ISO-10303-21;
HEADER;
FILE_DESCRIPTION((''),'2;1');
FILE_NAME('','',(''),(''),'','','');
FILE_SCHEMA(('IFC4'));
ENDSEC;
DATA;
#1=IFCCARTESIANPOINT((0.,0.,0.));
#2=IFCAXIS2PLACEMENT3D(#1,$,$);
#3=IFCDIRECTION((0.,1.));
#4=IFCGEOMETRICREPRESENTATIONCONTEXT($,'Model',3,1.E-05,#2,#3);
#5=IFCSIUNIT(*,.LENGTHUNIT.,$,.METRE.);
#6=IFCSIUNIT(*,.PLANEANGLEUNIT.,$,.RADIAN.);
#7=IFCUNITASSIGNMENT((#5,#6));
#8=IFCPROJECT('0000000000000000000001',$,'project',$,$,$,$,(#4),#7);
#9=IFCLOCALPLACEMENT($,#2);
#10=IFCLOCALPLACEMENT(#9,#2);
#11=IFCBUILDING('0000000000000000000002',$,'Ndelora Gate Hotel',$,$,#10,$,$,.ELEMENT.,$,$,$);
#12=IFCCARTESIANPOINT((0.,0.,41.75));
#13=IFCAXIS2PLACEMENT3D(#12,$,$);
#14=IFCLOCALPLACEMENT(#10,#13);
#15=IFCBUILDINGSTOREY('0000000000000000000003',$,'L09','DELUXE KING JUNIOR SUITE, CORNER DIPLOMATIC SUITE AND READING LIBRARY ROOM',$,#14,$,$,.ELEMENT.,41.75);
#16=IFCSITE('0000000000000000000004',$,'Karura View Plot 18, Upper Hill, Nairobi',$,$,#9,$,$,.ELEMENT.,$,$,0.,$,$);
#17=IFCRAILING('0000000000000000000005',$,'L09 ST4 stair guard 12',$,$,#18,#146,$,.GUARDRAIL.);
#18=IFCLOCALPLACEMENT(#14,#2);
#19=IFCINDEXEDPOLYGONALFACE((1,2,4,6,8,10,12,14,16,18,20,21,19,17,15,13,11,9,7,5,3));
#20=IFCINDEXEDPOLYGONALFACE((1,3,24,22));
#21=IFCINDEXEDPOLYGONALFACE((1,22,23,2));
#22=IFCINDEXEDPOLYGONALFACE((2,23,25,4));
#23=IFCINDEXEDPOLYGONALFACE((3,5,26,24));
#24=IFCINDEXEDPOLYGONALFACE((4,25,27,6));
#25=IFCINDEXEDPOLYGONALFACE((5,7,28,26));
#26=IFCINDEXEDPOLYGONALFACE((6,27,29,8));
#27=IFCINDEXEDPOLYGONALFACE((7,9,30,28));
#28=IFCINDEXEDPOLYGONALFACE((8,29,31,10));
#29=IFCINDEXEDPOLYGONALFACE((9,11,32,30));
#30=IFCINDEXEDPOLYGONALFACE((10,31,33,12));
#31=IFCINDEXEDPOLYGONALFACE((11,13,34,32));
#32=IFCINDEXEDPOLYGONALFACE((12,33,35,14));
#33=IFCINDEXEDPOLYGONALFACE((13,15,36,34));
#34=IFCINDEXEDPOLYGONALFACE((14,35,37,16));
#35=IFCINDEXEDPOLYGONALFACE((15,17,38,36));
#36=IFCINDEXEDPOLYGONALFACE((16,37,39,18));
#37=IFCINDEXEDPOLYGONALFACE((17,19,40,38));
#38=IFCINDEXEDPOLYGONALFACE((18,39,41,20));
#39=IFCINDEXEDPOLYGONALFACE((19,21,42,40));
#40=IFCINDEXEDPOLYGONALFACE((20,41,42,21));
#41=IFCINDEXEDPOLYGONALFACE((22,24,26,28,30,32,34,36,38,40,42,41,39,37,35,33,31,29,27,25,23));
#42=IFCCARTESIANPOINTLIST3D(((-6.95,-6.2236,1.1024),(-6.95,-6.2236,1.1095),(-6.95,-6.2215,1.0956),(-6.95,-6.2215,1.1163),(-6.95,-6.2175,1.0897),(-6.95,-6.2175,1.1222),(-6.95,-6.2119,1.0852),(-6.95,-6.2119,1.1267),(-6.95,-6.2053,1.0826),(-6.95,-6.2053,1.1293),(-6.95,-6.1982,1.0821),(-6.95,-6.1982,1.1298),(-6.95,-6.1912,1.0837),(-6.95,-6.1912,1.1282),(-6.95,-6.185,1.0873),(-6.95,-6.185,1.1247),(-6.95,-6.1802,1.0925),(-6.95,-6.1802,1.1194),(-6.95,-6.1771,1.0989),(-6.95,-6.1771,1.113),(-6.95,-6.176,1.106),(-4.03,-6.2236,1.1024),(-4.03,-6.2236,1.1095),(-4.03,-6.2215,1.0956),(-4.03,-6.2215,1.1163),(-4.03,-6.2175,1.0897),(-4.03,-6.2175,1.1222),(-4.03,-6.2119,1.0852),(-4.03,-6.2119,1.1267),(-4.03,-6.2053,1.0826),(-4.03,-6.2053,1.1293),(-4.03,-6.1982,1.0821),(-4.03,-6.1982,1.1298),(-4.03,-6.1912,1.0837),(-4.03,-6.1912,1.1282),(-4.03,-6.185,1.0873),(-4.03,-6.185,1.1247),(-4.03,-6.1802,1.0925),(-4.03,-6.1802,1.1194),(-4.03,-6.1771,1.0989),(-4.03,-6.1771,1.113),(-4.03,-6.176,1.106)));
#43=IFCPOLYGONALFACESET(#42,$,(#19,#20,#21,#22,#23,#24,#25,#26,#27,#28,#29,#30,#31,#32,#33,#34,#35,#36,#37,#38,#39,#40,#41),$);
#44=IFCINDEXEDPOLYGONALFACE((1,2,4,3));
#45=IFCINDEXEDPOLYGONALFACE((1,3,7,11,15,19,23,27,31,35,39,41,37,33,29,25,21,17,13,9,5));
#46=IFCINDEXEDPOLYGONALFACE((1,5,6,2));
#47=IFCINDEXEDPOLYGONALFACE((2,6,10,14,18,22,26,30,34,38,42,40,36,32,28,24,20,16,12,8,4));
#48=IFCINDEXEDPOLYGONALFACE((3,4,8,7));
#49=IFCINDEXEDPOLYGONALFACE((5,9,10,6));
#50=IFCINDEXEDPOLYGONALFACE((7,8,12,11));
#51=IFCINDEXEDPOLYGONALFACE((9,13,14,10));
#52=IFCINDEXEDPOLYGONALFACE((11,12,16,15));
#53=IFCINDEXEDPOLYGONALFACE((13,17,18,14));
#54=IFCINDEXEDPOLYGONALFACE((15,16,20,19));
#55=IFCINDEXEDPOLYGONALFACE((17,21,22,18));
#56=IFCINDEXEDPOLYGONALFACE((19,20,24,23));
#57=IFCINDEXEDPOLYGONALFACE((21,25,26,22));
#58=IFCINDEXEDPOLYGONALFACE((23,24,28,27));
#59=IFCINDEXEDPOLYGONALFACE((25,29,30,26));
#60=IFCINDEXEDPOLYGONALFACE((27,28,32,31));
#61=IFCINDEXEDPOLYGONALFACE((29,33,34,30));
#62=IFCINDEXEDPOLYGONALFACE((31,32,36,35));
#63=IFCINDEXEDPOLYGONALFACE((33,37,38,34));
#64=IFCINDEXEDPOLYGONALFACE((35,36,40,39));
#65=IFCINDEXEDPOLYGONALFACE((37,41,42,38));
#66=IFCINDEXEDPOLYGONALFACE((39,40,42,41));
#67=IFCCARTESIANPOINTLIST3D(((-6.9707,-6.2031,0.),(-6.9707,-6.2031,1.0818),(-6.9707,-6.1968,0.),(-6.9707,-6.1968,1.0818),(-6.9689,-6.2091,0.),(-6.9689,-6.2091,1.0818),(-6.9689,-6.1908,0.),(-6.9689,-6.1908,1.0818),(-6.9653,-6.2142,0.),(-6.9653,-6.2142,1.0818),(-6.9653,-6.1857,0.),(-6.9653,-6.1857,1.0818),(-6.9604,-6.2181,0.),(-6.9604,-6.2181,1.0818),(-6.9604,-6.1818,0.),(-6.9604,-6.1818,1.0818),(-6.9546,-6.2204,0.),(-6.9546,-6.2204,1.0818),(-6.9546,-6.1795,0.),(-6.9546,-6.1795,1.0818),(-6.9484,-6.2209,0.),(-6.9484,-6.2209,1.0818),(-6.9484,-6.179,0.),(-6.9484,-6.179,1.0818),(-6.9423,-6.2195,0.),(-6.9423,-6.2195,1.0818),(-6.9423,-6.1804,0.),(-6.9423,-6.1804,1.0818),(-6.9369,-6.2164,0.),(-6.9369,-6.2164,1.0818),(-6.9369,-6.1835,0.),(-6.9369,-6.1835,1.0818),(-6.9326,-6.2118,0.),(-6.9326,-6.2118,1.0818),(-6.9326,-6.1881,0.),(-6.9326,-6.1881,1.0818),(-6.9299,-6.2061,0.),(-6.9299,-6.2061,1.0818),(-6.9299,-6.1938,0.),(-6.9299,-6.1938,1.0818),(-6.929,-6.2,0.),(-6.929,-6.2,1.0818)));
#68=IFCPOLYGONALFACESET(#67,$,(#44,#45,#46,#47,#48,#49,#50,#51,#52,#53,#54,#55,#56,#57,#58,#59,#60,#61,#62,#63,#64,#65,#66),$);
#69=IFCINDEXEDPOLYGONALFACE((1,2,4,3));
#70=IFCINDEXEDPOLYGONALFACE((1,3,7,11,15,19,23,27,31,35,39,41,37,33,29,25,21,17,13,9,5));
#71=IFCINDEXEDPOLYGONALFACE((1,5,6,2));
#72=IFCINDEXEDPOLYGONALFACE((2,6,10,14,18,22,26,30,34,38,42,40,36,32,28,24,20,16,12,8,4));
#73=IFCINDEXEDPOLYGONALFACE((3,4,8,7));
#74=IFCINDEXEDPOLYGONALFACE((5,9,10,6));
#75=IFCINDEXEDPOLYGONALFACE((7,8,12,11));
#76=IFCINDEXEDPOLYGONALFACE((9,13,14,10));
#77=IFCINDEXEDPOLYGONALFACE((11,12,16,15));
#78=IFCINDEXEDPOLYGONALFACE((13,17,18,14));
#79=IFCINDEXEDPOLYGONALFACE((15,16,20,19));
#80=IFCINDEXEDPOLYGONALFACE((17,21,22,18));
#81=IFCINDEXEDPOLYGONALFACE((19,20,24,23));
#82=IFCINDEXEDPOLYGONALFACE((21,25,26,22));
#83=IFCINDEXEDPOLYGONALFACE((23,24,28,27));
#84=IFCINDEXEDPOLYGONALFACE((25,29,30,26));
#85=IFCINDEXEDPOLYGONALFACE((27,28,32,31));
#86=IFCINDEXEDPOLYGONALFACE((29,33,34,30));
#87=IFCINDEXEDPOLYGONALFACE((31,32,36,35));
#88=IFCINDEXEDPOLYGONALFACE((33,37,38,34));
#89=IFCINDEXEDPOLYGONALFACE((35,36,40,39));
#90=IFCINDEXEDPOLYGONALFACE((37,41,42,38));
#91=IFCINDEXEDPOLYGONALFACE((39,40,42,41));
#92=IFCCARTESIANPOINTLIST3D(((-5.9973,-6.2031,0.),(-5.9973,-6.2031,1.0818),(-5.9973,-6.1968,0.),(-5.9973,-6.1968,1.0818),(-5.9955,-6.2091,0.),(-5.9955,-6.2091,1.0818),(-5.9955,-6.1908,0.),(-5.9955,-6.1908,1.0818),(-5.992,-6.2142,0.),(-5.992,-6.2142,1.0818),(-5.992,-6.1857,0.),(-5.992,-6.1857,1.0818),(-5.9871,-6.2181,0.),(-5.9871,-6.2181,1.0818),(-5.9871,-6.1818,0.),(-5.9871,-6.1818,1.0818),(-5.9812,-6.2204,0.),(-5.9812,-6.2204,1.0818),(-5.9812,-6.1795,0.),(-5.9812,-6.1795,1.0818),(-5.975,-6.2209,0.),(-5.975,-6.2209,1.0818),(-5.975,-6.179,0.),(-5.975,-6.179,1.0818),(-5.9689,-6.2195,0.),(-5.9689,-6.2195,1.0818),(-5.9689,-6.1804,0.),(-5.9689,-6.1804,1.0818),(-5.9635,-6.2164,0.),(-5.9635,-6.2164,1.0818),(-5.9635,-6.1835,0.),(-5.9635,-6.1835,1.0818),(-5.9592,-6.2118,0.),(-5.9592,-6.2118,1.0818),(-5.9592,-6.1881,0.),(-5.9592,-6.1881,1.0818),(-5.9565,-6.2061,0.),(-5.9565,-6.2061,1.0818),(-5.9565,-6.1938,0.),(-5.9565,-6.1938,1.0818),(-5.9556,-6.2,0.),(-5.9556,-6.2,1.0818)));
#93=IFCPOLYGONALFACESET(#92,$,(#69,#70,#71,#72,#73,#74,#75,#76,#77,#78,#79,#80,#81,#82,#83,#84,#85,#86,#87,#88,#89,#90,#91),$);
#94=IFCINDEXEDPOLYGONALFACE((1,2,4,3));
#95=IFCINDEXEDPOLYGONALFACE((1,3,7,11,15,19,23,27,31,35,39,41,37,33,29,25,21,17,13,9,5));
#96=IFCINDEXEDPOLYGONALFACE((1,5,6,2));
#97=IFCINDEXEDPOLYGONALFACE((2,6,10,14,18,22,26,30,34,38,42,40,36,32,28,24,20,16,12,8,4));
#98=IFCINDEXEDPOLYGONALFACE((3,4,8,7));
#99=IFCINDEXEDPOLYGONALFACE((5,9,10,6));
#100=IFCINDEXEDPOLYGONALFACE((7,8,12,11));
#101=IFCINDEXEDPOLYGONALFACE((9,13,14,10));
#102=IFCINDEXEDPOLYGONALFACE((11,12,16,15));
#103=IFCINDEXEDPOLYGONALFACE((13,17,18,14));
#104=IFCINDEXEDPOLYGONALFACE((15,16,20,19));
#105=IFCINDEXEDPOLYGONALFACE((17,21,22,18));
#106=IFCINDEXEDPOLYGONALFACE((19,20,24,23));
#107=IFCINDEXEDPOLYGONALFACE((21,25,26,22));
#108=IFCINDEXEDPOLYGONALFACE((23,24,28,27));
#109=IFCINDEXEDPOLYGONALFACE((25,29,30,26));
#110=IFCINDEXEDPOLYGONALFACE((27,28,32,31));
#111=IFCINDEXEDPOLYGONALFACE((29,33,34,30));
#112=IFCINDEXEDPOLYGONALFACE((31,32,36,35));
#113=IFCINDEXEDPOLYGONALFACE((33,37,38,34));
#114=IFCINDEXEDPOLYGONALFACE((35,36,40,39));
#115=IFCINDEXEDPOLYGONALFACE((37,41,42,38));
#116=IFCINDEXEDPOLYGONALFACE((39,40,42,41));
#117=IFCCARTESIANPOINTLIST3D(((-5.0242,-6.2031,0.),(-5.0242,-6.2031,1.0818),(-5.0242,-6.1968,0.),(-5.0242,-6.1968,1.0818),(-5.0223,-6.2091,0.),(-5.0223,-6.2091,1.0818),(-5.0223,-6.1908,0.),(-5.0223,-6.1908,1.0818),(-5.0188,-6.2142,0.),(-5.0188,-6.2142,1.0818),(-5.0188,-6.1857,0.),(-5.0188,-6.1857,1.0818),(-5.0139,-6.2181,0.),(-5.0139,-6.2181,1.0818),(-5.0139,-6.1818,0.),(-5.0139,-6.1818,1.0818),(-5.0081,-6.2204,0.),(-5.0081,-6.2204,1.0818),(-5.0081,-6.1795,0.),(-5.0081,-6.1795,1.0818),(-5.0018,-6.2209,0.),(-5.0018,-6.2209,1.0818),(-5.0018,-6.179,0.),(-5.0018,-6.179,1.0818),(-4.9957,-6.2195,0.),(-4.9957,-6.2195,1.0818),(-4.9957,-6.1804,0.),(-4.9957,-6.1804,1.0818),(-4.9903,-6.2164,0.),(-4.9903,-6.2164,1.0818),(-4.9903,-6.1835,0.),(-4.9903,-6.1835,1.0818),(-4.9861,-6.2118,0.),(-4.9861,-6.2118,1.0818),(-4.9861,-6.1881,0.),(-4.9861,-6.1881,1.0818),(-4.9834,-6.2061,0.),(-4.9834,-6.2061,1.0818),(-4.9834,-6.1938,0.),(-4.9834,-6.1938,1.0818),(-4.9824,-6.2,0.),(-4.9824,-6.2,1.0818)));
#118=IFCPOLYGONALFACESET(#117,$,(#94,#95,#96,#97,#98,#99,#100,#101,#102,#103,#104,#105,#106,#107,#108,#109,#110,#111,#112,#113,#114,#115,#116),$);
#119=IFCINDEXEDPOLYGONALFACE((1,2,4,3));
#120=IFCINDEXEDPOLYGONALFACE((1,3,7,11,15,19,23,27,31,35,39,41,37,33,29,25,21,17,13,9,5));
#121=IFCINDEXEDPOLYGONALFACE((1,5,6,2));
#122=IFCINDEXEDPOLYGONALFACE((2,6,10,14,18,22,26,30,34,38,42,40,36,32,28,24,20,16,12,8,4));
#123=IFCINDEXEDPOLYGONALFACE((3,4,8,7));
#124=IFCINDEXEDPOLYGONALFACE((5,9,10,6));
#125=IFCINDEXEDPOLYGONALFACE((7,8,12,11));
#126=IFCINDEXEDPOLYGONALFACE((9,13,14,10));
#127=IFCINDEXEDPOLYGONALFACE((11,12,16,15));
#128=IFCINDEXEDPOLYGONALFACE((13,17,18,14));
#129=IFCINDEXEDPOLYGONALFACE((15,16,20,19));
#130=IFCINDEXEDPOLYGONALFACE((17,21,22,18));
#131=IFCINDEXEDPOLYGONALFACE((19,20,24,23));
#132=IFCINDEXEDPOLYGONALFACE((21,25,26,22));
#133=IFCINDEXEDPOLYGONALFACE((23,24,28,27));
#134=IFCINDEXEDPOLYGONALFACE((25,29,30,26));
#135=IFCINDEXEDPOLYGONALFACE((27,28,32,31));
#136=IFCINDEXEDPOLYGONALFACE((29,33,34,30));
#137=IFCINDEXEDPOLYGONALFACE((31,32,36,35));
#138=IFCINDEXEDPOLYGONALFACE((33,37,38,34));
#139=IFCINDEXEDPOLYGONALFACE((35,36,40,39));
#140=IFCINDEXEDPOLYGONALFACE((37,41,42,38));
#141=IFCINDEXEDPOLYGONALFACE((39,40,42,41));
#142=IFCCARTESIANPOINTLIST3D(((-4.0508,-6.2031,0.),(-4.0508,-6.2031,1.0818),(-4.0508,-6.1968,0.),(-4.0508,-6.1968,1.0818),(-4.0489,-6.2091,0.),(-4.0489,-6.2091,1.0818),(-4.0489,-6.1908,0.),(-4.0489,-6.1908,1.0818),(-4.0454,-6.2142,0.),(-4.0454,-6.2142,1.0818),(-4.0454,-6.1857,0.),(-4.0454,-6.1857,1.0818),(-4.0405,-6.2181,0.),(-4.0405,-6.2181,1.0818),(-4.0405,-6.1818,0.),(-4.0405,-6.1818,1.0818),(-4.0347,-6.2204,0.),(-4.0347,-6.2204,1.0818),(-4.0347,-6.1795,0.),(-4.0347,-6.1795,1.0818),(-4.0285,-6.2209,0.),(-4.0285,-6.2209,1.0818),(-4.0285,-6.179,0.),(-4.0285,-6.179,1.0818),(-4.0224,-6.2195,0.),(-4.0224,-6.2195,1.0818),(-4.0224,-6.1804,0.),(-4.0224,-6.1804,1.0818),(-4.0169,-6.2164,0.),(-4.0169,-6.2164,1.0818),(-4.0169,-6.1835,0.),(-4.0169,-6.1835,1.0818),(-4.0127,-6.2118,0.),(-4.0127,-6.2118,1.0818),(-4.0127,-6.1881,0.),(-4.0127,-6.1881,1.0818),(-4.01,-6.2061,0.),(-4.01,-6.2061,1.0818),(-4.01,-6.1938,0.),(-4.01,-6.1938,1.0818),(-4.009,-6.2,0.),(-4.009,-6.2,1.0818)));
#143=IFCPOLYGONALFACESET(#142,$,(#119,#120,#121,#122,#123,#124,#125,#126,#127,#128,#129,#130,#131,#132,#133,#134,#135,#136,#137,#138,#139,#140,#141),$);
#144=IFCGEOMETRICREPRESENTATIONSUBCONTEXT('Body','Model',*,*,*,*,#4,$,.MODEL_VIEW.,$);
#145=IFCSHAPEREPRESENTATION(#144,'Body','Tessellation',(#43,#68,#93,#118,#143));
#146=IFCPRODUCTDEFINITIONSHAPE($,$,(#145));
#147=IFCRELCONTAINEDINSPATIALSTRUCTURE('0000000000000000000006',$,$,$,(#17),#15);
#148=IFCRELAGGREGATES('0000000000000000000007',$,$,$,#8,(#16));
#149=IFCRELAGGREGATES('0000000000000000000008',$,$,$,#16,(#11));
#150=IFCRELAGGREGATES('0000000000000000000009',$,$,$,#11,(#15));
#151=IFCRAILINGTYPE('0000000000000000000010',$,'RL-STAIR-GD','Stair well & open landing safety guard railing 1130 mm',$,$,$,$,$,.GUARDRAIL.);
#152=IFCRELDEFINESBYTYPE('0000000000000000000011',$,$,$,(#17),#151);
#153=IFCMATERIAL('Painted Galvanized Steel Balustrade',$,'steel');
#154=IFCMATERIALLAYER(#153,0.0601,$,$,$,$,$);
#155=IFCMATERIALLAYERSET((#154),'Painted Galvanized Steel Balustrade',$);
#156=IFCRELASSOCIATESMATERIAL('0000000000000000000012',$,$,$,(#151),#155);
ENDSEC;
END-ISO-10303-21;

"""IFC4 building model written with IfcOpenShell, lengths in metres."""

from ifc_helpers import new_model, si_unit, direction, frame, origin, origin_2d, place, context, subcontext, project, spatial, circle, extrude, material, layer, layer_set, type_object, element, save


model = new_model("IFC4")

# Units and contexts
model_context = context("Model", 3, precision=1e-05, world=origin(), true_north=direction((0.0, 1.0)))
body_context = subcontext(model_context, "Body", "Model", "MODEL_VIEW")
ifc_project = project(units=[si_unit("LENGTHUNIT", "METRE"), si_unit("PLANEANGLEUNIT", "RADIAN")], contexts=[model_context])

# Site, building, storey
site_placement = place(None, origin())
site = spatial("IfcSite", under=ifc_project, at=site_placement, Name="Karura View Plot 18, Upper Hill, Nairobi", CompositionType="ELEMENT", RefElevation=0.0)
building_placement = place(site_placement, origin())
building = spatial("IfcBuilding", under=site, at=building_placement, Name="Ndelora Gate Hotel", CompositionType="ELEMENT")
storey_placement = place(building_placement, frame((0.0, 0.0, 41.75)))
storey = spatial("IfcBuildingStorey", under=building, at=storey_placement, Name="L09", Description="DELUXE KING JUNIOR SUITE, CORNER DIPLOMATIC SUITE AND READING LIBRARY ROOM", CompositionType="ELEMENT", Elevation=41.75)

# Railing
ifc_material_1 = material(Name="Painted Galvanized Steel Balustrade", Category="steel")
ifc_layer_1 = layer(ifc_material_1, 0.0601)
ifc_layer_set_1 = layer_set([ifc_layer_1], Name="Painted Galvanized Steel Balustrade")
railing_type = type_object("IfcRailingType", Name="RL-STAIR-GD", Description="Stair well & open landing safety guard railing 1130 mm", PredefinedType="GUARDRAIL", material=ifc_layer_set_1)
railing_1_placement = place(storey_placement, frame((-6.95, -6.2, 0.0)))
element("IfcRailing", 1, at=railing_1_placement, inside=storey, type_object=railing_type, Name="L09 ST4 stair guard 12", PredefinedType="GUARDRAIL", context=body_context, shape_type="SweptSolid", body=[
    extrude(circle(Radius=0.0239, at=origin_2d()), frame((0.0, 0.0, 1.106), z_axis=(1.0, 0.0, 0.0), x_axis=(0.0, 1.0, 0.0)), (0.0, 0.0, 1.0), 2.9199),
    extrude(circle(Radius=0.021, at=origin_2d()), origin(), (0.0, 0.0, 1.0), 1.0818),
    extrude(circle(Radius=0.021, at=origin_2d()), frame((0.9734, 0.0, 0.0)), (0.0, 0.0, 1.0), 1.0818),
    extrude(circle(Radius=0.021, at=origin_2d()), frame((1.9465, 0.0, 0.0)), (0.0, 0.0, 1.0), 1.0818),
    extrude(circle(Radius=0.021, at=origin_2d()), frame((2.9199, 0.0, 0.0)), (0.0, 0.0, 1.0), 1.0818),
])

save(model, "model.ifc")
